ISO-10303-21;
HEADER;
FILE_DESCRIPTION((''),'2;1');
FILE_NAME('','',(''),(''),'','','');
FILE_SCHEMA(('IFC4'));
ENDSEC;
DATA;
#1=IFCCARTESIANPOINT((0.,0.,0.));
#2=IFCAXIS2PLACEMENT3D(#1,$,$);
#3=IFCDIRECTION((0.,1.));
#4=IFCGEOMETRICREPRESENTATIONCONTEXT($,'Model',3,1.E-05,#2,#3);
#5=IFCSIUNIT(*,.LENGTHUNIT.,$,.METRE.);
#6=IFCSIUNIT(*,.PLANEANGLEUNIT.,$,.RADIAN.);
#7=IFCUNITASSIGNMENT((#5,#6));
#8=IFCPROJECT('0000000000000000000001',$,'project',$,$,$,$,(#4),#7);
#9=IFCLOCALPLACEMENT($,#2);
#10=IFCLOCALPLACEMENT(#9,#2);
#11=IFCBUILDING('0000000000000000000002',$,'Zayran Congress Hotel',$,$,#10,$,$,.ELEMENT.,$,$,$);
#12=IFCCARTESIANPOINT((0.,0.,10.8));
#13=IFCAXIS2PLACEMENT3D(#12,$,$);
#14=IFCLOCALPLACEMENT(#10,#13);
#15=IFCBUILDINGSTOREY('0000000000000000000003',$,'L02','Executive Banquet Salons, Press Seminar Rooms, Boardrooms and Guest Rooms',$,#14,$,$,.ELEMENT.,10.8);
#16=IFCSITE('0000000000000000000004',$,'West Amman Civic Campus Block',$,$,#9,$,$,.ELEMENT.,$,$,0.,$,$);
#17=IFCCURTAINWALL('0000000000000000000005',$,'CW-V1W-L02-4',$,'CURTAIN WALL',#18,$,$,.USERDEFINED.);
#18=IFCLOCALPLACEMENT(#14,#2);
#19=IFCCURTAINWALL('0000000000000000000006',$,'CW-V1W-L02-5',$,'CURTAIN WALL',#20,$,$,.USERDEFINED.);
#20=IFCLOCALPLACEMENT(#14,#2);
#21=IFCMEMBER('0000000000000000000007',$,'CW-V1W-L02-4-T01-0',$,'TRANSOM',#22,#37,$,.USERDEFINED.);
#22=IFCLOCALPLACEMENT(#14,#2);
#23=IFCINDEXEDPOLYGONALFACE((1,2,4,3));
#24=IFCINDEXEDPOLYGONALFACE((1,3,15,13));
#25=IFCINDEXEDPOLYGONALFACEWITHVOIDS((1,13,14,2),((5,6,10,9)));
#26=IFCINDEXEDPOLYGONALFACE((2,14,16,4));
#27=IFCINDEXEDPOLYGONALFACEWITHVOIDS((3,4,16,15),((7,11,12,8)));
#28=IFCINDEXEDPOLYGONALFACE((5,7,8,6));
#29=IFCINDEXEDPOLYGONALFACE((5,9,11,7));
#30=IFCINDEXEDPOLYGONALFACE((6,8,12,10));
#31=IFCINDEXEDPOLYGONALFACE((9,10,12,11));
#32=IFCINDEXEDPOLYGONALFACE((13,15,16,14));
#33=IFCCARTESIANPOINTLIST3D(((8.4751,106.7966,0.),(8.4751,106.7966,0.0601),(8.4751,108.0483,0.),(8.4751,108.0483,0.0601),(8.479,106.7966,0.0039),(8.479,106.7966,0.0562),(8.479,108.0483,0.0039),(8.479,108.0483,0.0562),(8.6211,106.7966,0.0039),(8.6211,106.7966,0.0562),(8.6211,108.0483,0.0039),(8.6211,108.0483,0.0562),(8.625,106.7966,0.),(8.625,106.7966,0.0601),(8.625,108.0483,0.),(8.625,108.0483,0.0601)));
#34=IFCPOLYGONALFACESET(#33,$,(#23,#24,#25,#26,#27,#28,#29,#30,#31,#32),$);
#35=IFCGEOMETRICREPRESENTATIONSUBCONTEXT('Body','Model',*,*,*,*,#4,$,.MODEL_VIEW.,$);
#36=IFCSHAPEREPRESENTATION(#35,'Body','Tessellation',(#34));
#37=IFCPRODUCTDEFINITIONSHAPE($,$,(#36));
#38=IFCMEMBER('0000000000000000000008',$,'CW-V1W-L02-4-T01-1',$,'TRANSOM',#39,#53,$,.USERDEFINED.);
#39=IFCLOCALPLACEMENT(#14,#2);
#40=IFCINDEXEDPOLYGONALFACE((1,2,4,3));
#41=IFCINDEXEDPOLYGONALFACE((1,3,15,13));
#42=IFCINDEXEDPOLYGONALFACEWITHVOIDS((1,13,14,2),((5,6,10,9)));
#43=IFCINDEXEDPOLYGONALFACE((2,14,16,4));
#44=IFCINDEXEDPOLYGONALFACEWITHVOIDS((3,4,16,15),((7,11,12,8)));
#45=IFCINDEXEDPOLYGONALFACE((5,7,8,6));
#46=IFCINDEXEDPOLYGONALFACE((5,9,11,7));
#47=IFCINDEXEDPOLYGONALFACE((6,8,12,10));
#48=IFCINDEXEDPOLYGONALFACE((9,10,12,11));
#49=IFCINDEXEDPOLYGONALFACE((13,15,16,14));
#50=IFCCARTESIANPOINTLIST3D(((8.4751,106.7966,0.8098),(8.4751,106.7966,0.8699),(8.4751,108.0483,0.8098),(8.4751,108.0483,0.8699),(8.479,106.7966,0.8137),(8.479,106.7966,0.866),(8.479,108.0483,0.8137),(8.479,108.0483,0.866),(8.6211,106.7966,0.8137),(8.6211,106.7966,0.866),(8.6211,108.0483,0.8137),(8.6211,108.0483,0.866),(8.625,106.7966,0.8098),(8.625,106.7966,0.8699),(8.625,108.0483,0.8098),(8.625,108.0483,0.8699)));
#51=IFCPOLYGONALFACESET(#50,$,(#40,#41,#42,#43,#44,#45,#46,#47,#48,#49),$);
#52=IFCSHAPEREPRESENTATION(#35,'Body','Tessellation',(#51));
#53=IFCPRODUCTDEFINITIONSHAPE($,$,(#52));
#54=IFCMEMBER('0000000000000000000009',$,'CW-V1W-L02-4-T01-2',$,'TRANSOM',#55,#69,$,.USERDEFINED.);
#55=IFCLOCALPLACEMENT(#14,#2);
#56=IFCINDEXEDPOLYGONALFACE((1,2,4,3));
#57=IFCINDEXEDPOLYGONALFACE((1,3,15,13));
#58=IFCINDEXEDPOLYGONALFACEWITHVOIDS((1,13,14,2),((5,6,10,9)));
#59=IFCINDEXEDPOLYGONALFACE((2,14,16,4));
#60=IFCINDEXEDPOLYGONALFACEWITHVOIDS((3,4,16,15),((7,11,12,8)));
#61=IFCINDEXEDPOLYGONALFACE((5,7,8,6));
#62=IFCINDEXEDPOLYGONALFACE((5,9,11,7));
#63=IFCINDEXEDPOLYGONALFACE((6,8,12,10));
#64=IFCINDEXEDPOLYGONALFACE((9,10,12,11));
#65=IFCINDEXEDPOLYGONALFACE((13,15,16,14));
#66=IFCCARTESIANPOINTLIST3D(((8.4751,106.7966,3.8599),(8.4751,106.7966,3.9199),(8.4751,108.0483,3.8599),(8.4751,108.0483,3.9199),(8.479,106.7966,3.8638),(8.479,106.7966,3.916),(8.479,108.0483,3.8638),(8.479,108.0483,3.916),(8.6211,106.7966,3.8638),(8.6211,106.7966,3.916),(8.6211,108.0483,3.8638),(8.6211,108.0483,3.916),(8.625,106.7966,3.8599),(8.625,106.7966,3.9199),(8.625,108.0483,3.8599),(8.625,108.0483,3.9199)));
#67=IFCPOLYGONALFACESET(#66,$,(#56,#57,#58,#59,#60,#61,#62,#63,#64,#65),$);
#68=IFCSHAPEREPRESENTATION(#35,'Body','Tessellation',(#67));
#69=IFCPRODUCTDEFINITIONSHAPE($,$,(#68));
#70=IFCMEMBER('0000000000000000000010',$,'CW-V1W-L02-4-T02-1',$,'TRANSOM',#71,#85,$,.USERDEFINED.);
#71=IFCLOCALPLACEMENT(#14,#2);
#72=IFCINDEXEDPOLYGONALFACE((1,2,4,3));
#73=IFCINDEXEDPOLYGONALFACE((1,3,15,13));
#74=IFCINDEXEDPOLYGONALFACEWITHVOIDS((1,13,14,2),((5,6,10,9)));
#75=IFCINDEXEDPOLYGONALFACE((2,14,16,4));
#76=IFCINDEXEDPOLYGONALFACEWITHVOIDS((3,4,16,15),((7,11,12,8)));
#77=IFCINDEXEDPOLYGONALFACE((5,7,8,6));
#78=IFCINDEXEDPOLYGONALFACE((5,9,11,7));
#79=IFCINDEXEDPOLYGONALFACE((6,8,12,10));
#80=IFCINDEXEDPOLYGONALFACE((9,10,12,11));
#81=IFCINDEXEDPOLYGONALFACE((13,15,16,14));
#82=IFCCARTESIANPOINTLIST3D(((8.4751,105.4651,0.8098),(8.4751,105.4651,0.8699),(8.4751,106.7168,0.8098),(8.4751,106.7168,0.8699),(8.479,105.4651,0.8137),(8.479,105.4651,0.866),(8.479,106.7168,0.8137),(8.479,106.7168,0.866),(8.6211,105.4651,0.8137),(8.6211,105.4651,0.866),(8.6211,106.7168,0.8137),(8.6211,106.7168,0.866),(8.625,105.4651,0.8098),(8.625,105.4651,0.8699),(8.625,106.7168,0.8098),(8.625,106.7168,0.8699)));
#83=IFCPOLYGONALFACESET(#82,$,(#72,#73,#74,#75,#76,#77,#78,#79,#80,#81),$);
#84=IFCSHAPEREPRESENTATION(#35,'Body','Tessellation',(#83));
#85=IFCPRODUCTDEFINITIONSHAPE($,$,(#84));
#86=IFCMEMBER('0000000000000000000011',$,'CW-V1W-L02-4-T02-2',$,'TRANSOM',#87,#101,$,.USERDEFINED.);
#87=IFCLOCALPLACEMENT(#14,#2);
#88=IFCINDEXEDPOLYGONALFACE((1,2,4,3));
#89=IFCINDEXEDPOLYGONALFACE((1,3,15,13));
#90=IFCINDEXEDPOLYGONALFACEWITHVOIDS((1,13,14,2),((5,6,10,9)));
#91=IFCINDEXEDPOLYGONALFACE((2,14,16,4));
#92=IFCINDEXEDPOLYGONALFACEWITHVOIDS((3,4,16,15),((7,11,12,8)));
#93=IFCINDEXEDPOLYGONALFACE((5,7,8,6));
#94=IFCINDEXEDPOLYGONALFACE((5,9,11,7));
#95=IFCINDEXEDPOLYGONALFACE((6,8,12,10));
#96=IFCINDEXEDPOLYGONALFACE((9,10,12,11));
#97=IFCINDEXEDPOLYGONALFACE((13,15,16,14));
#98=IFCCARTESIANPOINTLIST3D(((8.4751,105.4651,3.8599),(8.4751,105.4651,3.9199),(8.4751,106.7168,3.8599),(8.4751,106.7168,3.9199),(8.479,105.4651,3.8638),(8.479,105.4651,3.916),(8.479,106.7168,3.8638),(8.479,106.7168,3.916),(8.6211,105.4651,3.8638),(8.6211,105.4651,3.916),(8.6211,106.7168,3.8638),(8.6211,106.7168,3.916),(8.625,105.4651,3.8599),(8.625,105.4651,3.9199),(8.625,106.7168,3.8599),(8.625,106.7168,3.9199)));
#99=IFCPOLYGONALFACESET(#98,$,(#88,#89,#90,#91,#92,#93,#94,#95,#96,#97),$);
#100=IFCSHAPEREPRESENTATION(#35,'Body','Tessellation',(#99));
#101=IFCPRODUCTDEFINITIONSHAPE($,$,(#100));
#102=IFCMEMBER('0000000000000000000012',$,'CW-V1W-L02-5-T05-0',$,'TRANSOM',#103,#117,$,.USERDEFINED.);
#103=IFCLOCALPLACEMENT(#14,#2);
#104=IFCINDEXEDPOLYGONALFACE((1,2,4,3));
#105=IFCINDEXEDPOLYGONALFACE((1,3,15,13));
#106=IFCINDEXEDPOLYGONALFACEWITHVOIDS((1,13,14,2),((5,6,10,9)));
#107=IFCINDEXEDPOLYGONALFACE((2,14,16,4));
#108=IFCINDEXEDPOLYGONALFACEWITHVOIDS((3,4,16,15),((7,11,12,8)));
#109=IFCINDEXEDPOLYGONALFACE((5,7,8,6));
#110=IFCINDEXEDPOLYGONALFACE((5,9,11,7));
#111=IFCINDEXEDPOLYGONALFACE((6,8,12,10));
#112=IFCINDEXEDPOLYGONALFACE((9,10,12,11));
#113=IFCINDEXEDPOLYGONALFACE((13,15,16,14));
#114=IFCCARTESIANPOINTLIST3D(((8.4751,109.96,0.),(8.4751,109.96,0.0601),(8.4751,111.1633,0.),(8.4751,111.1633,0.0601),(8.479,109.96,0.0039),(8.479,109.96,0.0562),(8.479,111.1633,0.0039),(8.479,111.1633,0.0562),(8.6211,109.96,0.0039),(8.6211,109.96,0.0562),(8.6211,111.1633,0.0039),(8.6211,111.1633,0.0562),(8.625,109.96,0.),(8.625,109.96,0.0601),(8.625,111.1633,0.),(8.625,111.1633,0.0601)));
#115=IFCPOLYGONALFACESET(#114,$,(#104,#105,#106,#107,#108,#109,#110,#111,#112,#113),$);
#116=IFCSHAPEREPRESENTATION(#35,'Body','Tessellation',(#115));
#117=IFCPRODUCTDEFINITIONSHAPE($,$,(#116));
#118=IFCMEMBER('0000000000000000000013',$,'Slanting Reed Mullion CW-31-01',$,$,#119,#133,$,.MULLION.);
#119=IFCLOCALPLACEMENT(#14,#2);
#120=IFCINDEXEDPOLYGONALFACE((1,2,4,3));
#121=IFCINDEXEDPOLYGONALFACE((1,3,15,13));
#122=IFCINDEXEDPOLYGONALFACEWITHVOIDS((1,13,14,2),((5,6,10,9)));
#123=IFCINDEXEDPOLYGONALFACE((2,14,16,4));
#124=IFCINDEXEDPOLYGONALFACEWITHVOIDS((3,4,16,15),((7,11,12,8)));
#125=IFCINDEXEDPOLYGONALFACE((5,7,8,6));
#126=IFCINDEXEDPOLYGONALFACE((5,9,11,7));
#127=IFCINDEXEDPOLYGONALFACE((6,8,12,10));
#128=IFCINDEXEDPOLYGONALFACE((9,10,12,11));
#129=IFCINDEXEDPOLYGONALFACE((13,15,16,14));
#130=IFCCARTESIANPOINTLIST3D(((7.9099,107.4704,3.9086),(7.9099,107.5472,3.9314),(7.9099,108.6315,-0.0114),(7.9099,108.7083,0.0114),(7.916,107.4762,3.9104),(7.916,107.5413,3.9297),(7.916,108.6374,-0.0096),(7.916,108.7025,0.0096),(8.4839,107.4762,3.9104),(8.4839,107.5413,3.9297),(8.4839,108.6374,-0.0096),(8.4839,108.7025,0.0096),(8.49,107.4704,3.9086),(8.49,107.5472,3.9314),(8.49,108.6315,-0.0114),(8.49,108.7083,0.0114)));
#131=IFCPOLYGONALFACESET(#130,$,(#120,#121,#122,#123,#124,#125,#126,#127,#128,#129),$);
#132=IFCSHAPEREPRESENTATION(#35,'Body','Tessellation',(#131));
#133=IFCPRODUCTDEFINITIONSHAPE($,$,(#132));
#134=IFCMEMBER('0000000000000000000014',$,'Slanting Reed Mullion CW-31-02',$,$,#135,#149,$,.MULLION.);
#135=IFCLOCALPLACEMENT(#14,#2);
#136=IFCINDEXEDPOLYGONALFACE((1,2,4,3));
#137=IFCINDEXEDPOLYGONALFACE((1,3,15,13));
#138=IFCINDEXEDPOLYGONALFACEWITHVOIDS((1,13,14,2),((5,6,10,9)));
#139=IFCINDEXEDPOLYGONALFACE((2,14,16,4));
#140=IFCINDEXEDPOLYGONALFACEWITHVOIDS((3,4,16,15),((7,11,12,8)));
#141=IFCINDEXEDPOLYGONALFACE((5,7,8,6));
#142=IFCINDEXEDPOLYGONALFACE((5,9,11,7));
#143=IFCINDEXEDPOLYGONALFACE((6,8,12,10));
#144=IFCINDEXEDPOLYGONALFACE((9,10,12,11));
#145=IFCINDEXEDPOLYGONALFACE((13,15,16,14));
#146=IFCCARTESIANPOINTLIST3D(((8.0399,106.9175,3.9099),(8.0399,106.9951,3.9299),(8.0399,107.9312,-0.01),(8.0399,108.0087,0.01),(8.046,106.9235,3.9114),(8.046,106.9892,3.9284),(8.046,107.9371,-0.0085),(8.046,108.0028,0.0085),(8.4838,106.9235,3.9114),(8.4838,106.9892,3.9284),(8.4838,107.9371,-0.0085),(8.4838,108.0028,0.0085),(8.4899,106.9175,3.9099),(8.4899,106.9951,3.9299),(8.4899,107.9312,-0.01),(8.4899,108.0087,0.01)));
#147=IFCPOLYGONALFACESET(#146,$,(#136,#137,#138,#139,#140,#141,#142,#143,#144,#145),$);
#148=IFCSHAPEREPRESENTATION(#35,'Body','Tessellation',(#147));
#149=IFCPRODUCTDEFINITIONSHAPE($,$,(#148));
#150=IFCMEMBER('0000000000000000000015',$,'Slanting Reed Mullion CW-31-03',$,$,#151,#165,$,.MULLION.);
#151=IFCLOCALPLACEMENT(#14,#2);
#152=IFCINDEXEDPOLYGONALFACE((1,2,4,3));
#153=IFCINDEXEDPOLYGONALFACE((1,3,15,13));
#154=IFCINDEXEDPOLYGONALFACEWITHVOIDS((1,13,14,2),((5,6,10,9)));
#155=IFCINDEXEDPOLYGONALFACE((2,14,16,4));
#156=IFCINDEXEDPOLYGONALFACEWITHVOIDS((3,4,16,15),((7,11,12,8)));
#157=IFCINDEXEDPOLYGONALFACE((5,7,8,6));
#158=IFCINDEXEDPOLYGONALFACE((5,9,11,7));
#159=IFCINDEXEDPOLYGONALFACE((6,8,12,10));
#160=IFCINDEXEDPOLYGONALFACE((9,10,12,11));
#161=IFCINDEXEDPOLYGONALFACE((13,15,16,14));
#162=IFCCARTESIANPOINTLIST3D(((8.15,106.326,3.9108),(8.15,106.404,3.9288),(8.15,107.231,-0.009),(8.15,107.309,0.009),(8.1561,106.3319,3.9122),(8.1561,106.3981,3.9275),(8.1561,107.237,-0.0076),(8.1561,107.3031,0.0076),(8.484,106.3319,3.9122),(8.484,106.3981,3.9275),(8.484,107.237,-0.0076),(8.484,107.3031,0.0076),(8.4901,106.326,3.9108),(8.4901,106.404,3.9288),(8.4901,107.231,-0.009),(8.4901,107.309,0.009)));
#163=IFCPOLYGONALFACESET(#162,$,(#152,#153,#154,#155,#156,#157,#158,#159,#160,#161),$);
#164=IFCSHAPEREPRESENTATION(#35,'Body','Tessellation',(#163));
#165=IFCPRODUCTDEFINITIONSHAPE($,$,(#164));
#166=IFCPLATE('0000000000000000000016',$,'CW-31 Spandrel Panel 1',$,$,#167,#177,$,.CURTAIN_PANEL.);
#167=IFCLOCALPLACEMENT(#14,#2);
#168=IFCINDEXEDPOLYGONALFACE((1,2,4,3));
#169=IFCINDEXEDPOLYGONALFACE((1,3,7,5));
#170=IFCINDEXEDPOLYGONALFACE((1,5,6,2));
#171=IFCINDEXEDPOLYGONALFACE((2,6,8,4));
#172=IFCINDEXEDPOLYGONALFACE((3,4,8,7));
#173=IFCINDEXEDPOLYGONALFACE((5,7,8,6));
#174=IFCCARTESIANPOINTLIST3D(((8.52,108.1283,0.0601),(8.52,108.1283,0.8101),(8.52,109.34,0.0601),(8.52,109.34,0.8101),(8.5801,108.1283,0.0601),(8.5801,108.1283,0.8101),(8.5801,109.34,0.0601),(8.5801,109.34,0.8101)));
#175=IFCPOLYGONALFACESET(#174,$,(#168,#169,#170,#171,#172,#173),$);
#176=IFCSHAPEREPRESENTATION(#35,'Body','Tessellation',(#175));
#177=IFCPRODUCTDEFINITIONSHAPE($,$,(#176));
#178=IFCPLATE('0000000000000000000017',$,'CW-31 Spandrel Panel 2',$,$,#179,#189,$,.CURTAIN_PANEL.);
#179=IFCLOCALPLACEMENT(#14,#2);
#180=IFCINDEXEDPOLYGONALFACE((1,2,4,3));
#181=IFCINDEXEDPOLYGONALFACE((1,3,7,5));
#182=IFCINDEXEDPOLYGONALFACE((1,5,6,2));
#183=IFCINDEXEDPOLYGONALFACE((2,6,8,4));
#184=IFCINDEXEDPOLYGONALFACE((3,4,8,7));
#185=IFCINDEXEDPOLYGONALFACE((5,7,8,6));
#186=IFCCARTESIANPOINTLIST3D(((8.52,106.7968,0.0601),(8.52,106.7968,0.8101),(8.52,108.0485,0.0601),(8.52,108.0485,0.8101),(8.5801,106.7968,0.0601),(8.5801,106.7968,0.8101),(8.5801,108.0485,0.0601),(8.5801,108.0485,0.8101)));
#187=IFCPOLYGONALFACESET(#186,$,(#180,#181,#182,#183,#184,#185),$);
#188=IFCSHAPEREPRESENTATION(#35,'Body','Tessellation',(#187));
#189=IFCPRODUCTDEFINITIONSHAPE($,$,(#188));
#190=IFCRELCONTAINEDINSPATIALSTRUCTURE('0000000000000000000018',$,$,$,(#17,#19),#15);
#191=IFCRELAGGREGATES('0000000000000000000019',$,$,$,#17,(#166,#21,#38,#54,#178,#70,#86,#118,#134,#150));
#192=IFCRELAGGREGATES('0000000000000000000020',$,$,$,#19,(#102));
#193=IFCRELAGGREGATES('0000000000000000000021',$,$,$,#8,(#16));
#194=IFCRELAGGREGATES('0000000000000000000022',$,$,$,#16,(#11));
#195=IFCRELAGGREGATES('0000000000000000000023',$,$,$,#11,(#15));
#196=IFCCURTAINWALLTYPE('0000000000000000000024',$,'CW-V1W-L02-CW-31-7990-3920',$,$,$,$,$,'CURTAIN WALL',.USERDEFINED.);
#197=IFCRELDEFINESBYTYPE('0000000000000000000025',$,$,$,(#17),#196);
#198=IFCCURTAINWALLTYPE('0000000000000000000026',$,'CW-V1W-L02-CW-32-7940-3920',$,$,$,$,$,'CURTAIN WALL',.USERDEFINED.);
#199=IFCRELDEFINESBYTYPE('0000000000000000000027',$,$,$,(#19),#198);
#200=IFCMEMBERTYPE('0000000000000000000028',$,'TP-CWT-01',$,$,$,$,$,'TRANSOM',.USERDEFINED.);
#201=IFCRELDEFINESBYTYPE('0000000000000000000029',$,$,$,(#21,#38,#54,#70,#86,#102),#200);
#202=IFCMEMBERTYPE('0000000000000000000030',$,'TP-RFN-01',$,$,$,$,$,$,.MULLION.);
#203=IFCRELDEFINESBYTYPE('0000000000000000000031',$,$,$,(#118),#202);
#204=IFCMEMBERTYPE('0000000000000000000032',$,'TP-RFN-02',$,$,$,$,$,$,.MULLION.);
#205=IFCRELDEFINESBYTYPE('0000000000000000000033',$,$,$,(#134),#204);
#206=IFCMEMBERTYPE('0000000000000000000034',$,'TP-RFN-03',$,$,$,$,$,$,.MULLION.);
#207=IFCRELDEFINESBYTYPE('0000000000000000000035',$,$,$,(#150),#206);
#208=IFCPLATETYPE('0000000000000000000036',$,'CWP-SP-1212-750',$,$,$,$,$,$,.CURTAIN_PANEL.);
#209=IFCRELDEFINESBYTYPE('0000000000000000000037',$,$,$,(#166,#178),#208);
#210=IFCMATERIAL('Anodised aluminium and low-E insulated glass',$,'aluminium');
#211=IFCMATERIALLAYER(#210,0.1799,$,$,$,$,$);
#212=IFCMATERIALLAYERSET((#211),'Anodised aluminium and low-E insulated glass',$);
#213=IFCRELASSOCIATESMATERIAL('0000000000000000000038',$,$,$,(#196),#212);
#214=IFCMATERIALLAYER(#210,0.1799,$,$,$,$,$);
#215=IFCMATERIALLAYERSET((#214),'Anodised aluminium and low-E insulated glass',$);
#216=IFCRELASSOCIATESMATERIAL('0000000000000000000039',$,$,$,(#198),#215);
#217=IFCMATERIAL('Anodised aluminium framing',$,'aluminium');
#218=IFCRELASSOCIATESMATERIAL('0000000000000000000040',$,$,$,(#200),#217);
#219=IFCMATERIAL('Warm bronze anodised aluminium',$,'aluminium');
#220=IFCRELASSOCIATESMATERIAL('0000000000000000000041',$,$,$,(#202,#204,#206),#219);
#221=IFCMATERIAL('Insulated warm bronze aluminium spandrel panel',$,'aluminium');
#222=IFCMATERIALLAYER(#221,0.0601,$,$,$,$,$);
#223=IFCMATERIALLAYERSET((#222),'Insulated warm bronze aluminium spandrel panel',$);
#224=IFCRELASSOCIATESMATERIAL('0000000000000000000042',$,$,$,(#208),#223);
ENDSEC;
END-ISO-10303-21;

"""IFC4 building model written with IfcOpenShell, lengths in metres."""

from ifc_helpers import new_model, si_unit, direction, frame, origin, origin_2d, place, context, subcontext, project, spatial, rectangle, hollow_rectangle, extrude, material, layer, layer_set, material_profile, profile_set, type_object, element, aggregate, save


model = new_model("IFC4")

# Units and contexts
model_context = context("Model", 3, precision=1e-05, world=origin(), true_north=direction((0.0, 1.0)))
body_context = subcontext(model_context, "Body", "Model", "MODEL_VIEW")
ifc_project = project(units=[si_unit("LENGTHUNIT", "METRE"), si_unit("PLANEANGLEUNIT", "RADIAN")], contexts=[model_context])

# Site, building, storey
site_placement = place(None, origin())
site = spatial("IfcSite", under=ifc_project, at=site_placement, Name="West Amman Civic Campus Block", CompositionType="ELEMENT", RefElevation=0.0)
building_placement = place(site_placement, origin())
building = spatial("IfcBuilding", under=site, at=building_placement, Name="Zayran Congress Hotel", CompositionType="ELEMENT")
storey_placement = place(building_placement, frame((0.0, 0.0, 10.8)))
storey = spatial("IfcBuildingStorey", under=building, at=storey_placement, Name="L02", Description="Executive Banquet Salons, Press Seminar Rooms, Boardrooms and Guest Rooms", CompositionType="ELEMENT", Elevation=10.8)

# Curtain wall
ifc_material_1 = material(Name="Anodised aluminium and low-E insulated glass", Category="aluminium")
ifc_layer_1 = layer(ifc_material_1, 0.1799)
ifc_layer_set_1 = layer_set([ifc_layer_1], Name="Anodised aluminium and low-E insulated glass")
curtain_wall_type_1 = type_object("IfcCurtainWallType", Name="CW-V1W-L02-CW-31-7990-3920", ElementType="CURTAIN WALL", PredefinedType="USERDEFINED", material=ifc_layer_set_1)
curtain_wall_1_placement = place(storey_placement, origin())
curtain_wall_1 = element("IfcCurtainWall", 1, at=curtain_wall_1_placement, inside=storey, type_object=curtain_wall_type_1, Name="CW-V1W-L02-4", ObjectType="CURTAIN WALL", PredefinedType="USERDEFINED")
ifc_material_2 = material(Name="Anodised aluminium framing", Category="aluminium")

# Curtain wall
ifc_layer_2 = layer(ifc_material_1, 0.1799)
ifc_layer_set_2 = layer_set([ifc_layer_2], Name="Anodised aluminium and low-E insulated glass")
curtain_wall_type_2 = type_object("IfcCurtainWallType", Name="CW-V1W-L02-CW-32-7940-3920", ElementType="CURTAIN WALL", PredefinedType="USERDEFINED", material=ifc_layer_set_2)
curtain_wall_2_placement = place(storey_placement, origin())
curtain_wall_2 = element("IfcCurtainWall", 2, at=curtain_wall_2_placement, inside=storey, type_object=curtain_wall_type_2, Name="CW-V1W-L02-5", ObjectType="CURTAIN WALL", PredefinedType="USERDEFINED")

# Members
ifc_material_profile_1 = material_profile(ifc_material_2, hollow_rectangle(XDim=0.0601, YDim=0.1499, WallThickness=0.0039, at=origin_2d()), Name="RHS 150x60x4")
ifc_profile_set_1 = profile_set([ifc_material_profile_1], Name="Anodised aluminium framing")
member_type_1 = type_object("IfcMemberType", Name="TP-CWT-01", ElementType="TRANSOM", PredefinedType="USERDEFINED", material=ifc_profile_set_1)
member_1_placement = place(storey_placement, frame((8.55, 108.0483, 0.03), z_axis=(0.0, -1.0, 0.0), x_axis=(0.0, 0.0, 1.0)))
member_1 = element("IfcMember", 3, at=member_1_placement, type_object=member_type_1, Name="CW-V1W-L02-4-T01-0", ObjectType="TRANSOM", PredefinedType="USERDEFINED", context=body_context, shape_type="SweptSolid", body=[
    extrude(hollow_rectangle(XDim=0.0601, YDim=0.1499, WallThickness=0.0039, at=origin_2d()), origin(), (0.0, 0.0, 1.0), 1.2517),
])
member_2_placement = place(storey_placement, frame((8.55, 108.0483, 0.8398), z_axis=(0.0, -1.0, 0.0), x_axis=(0.0, 0.0, 1.0)))
member_2 = element("IfcMember", 4, at=member_2_placement, type_object=member_type_1, Name="CW-V1W-L02-4-T01-1", ObjectType="TRANSOM", PredefinedType="USERDEFINED", context=body_context, shape_type="SweptSolid", body=[
    extrude(hollow_rectangle(XDim=0.0601, YDim=0.1499, WallThickness=0.0039, at=origin_2d()), origin(), (0.0, 0.0, 1.0), 1.2517),
])
member_3_placement = place(storey_placement, frame((8.55, 108.0483, 3.8899), z_axis=(0.0, -1.0, 0.0), x_axis=(0.0, 0.0, 1.0)))
member_3 = element("IfcMember", 5, at=member_3_placement, type_object=member_type_1, Name="CW-V1W-L02-4-T01-2", ObjectType="TRANSOM", PredefinedType="USERDEFINED", context=body_context, shape_type="SweptSolid", body=[
    extrude(hollow_rectangle(XDim=0.0601, YDim=0.1499, WallThickness=0.0039, at=origin_2d()), origin(), (0.0, 0.0, 1.0), 1.2517),
])
member_4_placement = place(storey_placement, frame((8.55, 106.7168, 0.8398), z_axis=(0.0, -1.0, 0.0), x_axis=(0.0, 0.0, 1.0)))
member_4 = element("IfcMember", 6, at=member_4_placement, type_object=member_type_1, Name="CW-V1W-L02-4-T02-1", ObjectType="TRANSOM", PredefinedType="USERDEFINED", context=body_context, shape_type="SweptSolid", body=[
    extrude(hollow_rectangle(XDim=0.0601, YDim=0.1499, WallThickness=0.0039, at=origin_2d()), origin(), (0.0, 0.0, 1.0), 1.2517),
])
member_5_placement = place(storey_placement, frame((8.55, 106.7168, 3.8899), z_axis=(0.0, -1.0, 0.0), x_axis=(0.0, 0.0, 1.0)))
member_5 = element("IfcMember", 7, at=member_5_placement, type_object=member_type_1, Name="CW-V1W-L02-4-T02-2", ObjectType="TRANSOM", PredefinedType="USERDEFINED", context=body_context, shape_type="SweptSolid", body=[
    extrude(hollow_rectangle(XDim=0.0601, YDim=0.1499, WallThickness=0.0039, at=origin_2d()), origin(), (0.0, 0.0, 1.0), 1.2517),
])
member_6_placement = place(storey_placement, frame((8.55, 111.1633, 0.03), z_axis=(0.0, -1.0, 0.0), x_axis=(0.0, 0.0, 1.0)))
member_6 = element("IfcMember", 8, at=member_6_placement, type_object=member_type_1, Name="CW-V1W-L02-5-T05-0", ObjectType="TRANSOM", PredefinedType="USERDEFINED", context=body_context, shape_type="SweptSolid", body=[
    extrude(hollow_rectangle(XDim=0.0601, YDim=0.1499, WallThickness=0.0039, at=origin_2d()), origin(), (0.0, 0.0, 1.0), 1.2034),
])
ifc_material_3 = material(Name="Warm bronze anodised aluminium", Category="aluminium")
ifc_material_profile_2 = material_profile(ifc_material_3, hollow_rectangle(XDim=0.0801, YDim=0.5801, WallThickness=0.0061, at=origin_2d()), Name="RHS 580x80x6")
ifc_profile_set_2 = profile_set([ifc_material_profile_2], Name="Warm bronze anodised aluminium")
member_type_2 = type_object("IfcMemberType", Name="TP-RFN-01", PredefinedType="MULLION", material=ifc_profile_set_2)
member_7_placement = place(storey_placement, frame((8.2, 108.6699, 0.0), z_axis=(0.0, -0.284015, 0.95882), x_axis=(0.0, 0.95882, 0.284015)))
member_7 = element("IfcMember", 9, at=member_7_placement, type_object=member_type_2, Name="Slanting Reed Mullion CW-31-01", PredefinedType="MULLION", context=body_context, shape_type="SweptSolid", body=[
    extrude(hollow_rectangle(XDim=0.0801, YDim=0.5801, WallThickness=0.0061, at=origin_2d()), origin(), (0.0, 0.0, 1.0), 4.0884),
])
ifc_material_profile_3 = material_profile(ifc_material_3, hollow_rectangle(XDim=0.0801, YDim=0.45, WallThickness=0.0061, at=origin_2d()), Name="RHS 450x80x6")
ifc_profile_set_3 = profile_set([ifc_material_profile_3], Name="Warm bronze anodised aluminium")
member_type_3 = type_object("IfcMemberType", Name="TP-RFN-02", PredefinedType="MULLION", material=ifc_profile_set_3)
member_8_placement = place(storey_placement, frame((8.2649, 107.97, 0.0), z_axis=(0.0, -0.250359, 0.968153), x_axis=(0.0, 0.968153, 0.250359)))
member_8 = element("IfcMember", 10, at=member_8_placement, type_object=member_type_3, Name="Slanting Reed Mullion CW-31-02", PredefinedType="MULLION", context=body_context, shape_type="SweptSolid", body=[
    extrude(hollow_rectangle(XDim=0.0801, YDim=0.45, WallThickness=0.0061, at=origin_2d()), origin(), (0.0, 0.0, 1.0), 4.0488),
])
ifc_material_profile_4 = material_profile(ifc_material_3, hollow_rectangle(XDim=0.0801, YDim=0.3401, WallThickness=0.0061, at=origin_2d()), Name="RHS 340x80x6")
ifc_profile_set_4 = profile_set([ifc_material_profile_4], Name="Warm bronze anodised aluminium")
member_type_4 = type_object("IfcMemberType", Name="TP-RFN-03", PredefinedType="MULLION", material=ifc_profile_set_4)
member_9_placement = place(storey_placement, frame((8.3201, 107.27, 0.0), z_axis=(0.0, -0.224961, 0.974368), x_axis=(0.0, 0.974368, 0.224961)))
member_9 = element("IfcMember", 11, at=member_9_placement, type_object=member_type_4, Name="Slanting Reed Mullion CW-31-03", PredefinedType="MULLION", context=body_context, shape_type="SweptSolid", body=[
    extrude(hollow_rectangle(XDim=0.0801, YDim=0.3401, WallThickness=0.0061, at=origin_2d()), origin(), (0.0, 0.0, 1.0), 4.0229),
])

# Plates
ifc_material_4 = material(Name="Insulated warm bronze aluminium spandrel panel", Category="aluminium")
ifc_layer_3 = layer(ifc_material_4, 0.0601)
ifc_layer_set_3 = layer_set([ifc_layer_3], Name="Insulated warm bronze aluminium spandrel panel")
plate_type_1 = type_object("IfcPlateType", Name="CWP-SP-1212-750", PredefinedType="CURTAIN_PANEL", material=ifc_layer_set_3)
plate_1_placement = place(storey_placement, frame((8.55, 108.7341, 0.0601), z_axis=(0.0, 0.0, 1.0), x_axis=(0.0, 1.0, 0.0)))
plate_1 = element("IfcPlate", 12, at=plate_1_placement, type_object=plate_type_1, Name="CW-31 Spandrel Panel 1", PredefinedType="CURTAIN_PANEL", context=body_context, shape_type="SweptSolid", body=[
    extrude(rectangle(XDim=1.2117, YDim=0.0601, at=origin_2d()), origin(), (0.0, 0.0, 1.0), 0.75),
])
plate_2_placement = place(storey_placement, frame((8.55, 107.4226, 0.0601), z_axis=(0.0, 0.0, 1.0), x_axis=(0.0, 1.0, 0.0)))
plate_2 = element("IfcPlate", 13, at=plate_2_placement, type_object=plate_type_1, Name="CW-31 Spandrel Panel 2", PredefinedType="CURTAIN_PANEL", context=body_context, shape_type="SweptSolid", body=[
    extrude(rectangle(XDim=1.2517, YDim=0.0601, at=origin_2d()), origin(), (0.0, 0.0, 1.0), 0.75),
])
aggregate(curtain_wall_1, [plate_1, member_1, member_2, member_3, plate_2, member_4, member_5, member_7, member_8, member_9])
aggregate(curtain_wall_2, [member_6])

save(model, "model.ifc")
